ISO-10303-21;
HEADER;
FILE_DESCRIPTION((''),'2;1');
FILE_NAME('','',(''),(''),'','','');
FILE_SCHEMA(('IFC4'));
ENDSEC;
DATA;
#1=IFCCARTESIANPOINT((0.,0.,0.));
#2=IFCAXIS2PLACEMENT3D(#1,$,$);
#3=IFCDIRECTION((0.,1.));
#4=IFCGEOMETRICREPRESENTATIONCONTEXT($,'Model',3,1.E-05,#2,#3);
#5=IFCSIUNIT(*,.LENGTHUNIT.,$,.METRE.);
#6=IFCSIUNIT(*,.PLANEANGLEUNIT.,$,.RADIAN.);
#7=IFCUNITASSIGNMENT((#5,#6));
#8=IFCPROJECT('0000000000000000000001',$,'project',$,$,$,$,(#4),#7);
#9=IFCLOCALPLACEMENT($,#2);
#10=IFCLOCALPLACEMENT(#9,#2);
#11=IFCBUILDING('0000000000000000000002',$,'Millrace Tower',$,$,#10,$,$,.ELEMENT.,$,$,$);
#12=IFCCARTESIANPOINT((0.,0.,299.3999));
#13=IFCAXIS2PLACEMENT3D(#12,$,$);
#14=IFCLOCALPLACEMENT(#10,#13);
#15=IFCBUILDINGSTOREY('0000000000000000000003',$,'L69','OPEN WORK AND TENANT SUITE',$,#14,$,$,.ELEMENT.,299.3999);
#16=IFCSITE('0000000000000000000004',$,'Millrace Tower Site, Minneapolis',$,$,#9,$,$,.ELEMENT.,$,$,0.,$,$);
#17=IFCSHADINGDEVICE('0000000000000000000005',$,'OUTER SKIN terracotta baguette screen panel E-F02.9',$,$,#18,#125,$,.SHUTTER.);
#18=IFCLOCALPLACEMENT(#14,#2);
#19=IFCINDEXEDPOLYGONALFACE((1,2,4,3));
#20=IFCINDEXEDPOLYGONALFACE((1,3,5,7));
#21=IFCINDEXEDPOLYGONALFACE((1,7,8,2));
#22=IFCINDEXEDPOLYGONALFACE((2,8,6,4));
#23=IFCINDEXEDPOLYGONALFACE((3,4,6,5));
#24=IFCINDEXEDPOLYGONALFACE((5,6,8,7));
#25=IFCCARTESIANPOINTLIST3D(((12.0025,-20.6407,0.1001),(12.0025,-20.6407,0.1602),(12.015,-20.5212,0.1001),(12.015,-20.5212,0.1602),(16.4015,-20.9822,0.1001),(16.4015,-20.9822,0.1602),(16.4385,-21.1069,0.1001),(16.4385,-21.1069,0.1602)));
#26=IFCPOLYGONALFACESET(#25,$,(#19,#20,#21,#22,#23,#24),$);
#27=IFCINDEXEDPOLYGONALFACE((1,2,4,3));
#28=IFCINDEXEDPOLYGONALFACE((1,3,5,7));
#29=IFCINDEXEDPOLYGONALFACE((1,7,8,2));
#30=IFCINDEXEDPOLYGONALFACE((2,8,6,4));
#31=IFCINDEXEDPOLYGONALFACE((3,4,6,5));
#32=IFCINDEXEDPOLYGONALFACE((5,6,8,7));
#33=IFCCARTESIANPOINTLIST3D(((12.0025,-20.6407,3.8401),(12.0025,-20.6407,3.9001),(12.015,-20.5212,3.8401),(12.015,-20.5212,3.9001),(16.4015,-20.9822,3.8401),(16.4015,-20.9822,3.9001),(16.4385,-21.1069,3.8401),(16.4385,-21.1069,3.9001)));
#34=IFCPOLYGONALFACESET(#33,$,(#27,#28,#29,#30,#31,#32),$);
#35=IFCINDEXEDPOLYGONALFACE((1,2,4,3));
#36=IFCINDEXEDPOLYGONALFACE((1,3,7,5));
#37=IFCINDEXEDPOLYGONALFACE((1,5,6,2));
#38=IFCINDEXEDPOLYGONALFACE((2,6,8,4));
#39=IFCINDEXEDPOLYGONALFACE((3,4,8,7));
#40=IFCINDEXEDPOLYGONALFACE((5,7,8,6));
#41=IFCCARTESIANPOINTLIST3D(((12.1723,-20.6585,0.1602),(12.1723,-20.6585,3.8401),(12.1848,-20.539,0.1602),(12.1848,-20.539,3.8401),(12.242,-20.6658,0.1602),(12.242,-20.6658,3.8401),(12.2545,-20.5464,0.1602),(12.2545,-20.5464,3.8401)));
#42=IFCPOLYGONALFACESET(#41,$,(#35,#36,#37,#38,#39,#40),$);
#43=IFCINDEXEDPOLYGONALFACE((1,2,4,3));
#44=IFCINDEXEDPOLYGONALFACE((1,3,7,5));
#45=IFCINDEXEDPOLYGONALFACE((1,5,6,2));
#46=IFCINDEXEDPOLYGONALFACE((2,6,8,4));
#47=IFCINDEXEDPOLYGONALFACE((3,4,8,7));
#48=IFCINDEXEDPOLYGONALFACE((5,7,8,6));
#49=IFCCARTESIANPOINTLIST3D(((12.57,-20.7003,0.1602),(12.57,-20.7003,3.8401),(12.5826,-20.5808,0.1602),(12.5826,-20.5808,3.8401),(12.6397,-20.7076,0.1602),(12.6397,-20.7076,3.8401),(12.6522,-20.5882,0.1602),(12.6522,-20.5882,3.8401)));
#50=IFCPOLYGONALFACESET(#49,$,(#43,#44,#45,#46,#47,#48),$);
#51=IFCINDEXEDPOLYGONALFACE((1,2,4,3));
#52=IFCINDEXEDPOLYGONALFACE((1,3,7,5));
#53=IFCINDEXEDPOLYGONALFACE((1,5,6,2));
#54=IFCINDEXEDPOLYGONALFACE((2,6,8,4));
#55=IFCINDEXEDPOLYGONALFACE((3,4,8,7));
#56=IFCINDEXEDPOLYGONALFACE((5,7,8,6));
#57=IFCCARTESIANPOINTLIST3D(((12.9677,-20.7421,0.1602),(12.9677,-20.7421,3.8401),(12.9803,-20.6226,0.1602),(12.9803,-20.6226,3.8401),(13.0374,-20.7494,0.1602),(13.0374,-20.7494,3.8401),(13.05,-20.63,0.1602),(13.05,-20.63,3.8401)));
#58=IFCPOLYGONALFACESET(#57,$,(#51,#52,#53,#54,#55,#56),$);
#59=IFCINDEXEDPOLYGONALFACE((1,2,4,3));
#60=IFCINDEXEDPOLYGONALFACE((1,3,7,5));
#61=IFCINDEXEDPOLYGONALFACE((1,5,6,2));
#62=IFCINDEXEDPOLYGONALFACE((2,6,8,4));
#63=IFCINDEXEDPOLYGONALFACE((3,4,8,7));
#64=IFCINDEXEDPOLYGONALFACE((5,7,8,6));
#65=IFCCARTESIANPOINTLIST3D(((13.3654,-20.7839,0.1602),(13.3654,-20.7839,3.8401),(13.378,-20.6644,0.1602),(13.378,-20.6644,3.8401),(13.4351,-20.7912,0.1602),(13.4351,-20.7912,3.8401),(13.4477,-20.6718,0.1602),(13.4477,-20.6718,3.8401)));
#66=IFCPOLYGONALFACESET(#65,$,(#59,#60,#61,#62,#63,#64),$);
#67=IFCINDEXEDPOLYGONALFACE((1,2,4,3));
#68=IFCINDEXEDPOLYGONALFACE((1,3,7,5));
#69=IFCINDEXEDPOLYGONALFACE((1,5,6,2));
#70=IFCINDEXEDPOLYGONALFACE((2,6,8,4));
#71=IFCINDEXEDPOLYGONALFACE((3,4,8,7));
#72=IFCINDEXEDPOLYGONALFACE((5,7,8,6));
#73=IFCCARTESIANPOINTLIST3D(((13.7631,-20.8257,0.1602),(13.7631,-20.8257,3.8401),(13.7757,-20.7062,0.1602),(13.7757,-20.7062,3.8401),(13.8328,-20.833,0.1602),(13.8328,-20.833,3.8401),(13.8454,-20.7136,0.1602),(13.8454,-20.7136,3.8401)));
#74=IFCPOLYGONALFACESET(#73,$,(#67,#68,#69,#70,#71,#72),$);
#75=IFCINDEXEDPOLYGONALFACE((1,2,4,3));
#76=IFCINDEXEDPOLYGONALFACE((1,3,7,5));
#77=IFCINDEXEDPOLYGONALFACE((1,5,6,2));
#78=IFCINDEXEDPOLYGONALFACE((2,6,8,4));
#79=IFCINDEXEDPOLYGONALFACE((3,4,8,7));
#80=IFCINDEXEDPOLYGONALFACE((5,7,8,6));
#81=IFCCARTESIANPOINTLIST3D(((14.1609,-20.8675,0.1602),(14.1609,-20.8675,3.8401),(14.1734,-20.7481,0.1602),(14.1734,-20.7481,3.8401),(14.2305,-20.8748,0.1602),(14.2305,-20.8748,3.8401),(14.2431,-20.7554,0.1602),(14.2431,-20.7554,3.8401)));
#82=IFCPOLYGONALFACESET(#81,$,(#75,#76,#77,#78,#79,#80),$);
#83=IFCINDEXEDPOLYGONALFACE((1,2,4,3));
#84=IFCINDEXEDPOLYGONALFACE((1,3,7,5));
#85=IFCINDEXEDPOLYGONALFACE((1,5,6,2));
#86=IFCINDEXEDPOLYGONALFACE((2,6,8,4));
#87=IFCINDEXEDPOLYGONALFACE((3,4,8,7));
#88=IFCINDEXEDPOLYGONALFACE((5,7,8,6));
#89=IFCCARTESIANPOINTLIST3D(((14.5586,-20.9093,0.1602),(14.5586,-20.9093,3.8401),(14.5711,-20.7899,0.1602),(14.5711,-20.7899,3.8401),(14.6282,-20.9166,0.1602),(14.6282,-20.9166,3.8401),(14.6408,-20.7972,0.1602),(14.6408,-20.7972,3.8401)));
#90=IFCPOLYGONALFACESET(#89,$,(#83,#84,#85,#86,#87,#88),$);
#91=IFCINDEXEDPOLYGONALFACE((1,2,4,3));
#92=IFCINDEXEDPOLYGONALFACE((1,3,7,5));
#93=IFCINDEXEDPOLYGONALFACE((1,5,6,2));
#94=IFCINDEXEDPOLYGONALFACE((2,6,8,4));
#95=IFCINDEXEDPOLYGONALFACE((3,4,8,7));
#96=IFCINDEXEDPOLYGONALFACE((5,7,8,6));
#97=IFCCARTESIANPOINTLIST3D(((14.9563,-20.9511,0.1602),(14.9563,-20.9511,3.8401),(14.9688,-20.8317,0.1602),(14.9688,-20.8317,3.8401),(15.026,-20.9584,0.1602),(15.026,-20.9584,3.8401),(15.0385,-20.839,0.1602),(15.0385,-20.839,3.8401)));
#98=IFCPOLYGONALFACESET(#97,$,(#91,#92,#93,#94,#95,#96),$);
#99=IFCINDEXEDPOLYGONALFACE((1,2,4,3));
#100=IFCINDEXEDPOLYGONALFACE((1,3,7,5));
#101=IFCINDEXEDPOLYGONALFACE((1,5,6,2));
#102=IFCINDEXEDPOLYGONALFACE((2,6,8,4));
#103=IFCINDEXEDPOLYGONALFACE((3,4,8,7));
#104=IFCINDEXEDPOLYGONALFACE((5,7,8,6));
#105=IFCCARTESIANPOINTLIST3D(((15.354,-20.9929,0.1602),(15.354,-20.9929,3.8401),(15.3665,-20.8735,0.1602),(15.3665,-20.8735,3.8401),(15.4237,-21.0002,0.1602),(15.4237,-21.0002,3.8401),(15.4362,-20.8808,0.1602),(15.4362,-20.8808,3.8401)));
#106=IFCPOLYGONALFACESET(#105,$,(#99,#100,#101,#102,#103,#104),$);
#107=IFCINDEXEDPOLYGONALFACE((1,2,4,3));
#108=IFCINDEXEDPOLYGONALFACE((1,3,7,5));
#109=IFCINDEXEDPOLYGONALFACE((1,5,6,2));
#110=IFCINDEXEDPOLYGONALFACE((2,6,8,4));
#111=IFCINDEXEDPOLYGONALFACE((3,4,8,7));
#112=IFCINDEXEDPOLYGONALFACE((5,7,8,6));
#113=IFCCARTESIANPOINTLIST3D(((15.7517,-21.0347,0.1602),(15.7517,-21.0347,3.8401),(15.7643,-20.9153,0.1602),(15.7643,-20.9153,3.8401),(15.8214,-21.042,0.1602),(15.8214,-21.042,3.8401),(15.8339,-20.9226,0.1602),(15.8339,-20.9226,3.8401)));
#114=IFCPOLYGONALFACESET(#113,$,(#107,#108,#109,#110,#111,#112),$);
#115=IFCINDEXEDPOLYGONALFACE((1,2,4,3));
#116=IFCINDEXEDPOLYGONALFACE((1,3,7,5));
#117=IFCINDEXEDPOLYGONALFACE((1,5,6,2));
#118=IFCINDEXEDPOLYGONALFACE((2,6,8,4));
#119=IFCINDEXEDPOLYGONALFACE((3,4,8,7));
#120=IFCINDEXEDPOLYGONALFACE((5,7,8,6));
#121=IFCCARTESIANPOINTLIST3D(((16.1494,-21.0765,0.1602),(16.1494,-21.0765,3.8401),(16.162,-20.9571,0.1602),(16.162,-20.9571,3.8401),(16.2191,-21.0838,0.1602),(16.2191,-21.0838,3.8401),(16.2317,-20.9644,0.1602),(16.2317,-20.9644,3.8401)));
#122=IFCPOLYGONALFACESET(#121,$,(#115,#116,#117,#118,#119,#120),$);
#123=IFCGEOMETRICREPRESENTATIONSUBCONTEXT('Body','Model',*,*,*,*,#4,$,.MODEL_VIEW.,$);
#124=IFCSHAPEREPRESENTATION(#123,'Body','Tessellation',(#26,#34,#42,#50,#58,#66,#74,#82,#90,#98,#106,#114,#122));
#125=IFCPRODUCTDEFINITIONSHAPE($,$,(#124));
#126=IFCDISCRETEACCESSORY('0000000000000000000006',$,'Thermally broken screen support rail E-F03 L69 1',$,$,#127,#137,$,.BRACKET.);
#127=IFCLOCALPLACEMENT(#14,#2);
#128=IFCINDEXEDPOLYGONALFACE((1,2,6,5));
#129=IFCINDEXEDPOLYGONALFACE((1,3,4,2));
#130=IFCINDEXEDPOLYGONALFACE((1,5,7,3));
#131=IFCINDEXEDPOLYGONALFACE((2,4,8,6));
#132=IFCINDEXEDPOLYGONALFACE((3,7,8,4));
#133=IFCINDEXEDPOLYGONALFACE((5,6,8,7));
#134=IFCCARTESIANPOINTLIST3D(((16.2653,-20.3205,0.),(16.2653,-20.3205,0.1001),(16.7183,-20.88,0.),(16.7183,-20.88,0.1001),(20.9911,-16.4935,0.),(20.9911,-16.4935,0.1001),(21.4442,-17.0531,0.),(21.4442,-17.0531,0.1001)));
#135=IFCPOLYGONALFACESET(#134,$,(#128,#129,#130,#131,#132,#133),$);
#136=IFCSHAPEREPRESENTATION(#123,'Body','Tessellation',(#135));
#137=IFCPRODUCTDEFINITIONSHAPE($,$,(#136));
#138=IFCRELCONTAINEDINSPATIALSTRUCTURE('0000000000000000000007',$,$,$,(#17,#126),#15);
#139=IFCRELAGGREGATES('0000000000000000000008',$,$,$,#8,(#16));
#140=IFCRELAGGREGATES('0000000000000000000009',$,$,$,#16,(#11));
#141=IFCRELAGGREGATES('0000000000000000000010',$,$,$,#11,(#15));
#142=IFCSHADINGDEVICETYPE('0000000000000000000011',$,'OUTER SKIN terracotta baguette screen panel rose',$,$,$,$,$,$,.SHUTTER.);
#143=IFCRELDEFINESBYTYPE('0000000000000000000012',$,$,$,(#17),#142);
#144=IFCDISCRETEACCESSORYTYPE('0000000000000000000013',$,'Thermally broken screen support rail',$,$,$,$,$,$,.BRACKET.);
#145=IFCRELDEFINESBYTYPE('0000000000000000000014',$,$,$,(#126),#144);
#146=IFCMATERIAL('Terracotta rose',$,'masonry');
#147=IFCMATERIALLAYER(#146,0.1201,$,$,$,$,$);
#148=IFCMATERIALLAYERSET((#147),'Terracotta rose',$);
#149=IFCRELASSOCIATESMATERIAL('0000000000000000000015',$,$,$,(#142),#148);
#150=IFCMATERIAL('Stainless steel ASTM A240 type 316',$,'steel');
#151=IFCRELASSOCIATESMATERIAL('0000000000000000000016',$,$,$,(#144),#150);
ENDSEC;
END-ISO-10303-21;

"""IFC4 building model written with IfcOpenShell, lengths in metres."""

from ifc_helpers import new_model, entity, si_unit, direction, frame, frame_2d, origin, origin_2d, place, context, subcontext, project, spatial, rectangle, extrude, source, transform, mapped, material, layer, layer_set, type_object, element, save


model = new_model("IFC4")

# Units and contexts
model_context = context("Model", 3, precision=1e-05, world=origin(), true_north=direction((0.0, 1.0)))
body_context = subcontext(model_context, "Body", "Model", "MODEL_VIEW")
ifc_project = project(units=[si_unit("LENGTHUNIT", "METRE"), si_unit("PLANEANGLEUNIT", "RADIAN")], contexts=[model_context])

# Site, building, storey
site_placement = place(None, origin())
site = spatial("IfcSite", under=ifc_project, at=site_placement, Name="Millrace Tower Site, Minneapolis", CompositionType="ELEMENT", RefElevation=0.0)
building_placement = place(site_placement, origin())
building = spatial("IfcBuilding", under=site, at=building_placement, Name="Millrace Tower", CompositionType="ELEMENT")
storey_placement = place(building_placement, frame((0.0, 0.0, 299.3999)))
storey = spatial("IfcBuildingStorey", under=building, at=storey_placement, Name="L69", Description="OPEN WORK AND TENANT SUITE", CompositionType="ELEMENT", Elevation=299.3999)

# Shading device
ifc_material_1 = material(Name="Terracotta rose", Category="masonry")
ifc_layer_1 = layer(ifc_material_1, 0.1201)
ifc_layer_set_1 = layer_set([ifc_layer_1], Name="Terracotta rose")
shading_device_type = type_object("IfcShadingDeviceType", Name="OUTER SKIN terracotta baguette screen panel rose", PredefinedType="SHUTTER", material=ifc_layer_set_1)
cartesian_point_1 = entity("IfcCartesianPoint", [-2.2178, 0.0601])
shared_polyline_1 = entity("IfcPolyline", [cartesian_point_1, entity("IfcCartesianPoint", [2.1929, 0.0601]), entity("IfcCartesianPoint", [2.2427, -0.0601]), entity("IfcCartesianPoint", [-2.2178, -0.0601]), cartesian_point_1])
shared_shape_1 = source(origin(), body_context, "Body", "SweptSolid", [
    entity("IfcExtrudedAreaSolid", entity("IfcArbitraryClosedProfileDef", "AREA", None, shared_polyline_1), entity("IfcAxis2Placement3D", entity("IfcCartesianPoint", [0.0, 0.0, 0.0])), entity("IfcDirection", [0.0, 0.0, 1.0]), 0.0601),
    entity("IfcExtrudedAreaSolid", entity("IfcArbitraryClosedProfileDef", "AREA", None, shared_polyline_1), entity("IfcAxis2Placement3D", entity("IfcCartesianPoint", [0.0, 0.0, 3.74])), entity("IfcDirection", [0.0, 0.0, 1.0]), 0.0601),
    extrude(rectangle(XDim=0.0701, YDim=0.1201, at=frame_2d((-2.012, 0.0))), frame((0.0, 0.0, 0.0601)), (0.0, 0.0, 1.0), 3.6799),
    extrude(rectangle(XDim=0.0701, YDim=0.1201, at=frame_2d((-1.6121, 0.0))), frame((0.0, 0.0, 0.0601)), (0.0, 0.0, 1.0), 3.6799),
    extrude(rectangle(XDim=0.0701, YDim=0.1201, at=frame_2d((-1.2122, 0.0))), frame((0.0, 0.0, 0.0601)), (0.0, 0.0, 1.0), 3.6799),
    extrude(rectangle(XDim=0.0701, YDim=0.1201, at=frame_2d((-0.8123, 0.0))), frame((0.0, 0.0, 0.0601)), (0.0, 0.0, 1.0), 3.6799),
    extrude(rectangle(XDim=0.0701, YDim=0.1201, at=frame_2d((-0.4124, 0.0))), frame((0.0, 0.0, 0.0601)), (0.0, 0.0, 1.0), 3.6799),
    extrude(rectangle(XDim=0.0701, YDim=0.1201, at=frame_2d((-0.0125, 0.0))), frame((0.0, 0.0, 0.0601)), (0.0, 0.0, 1.0), 3.6799),
    extrude(rectangle(XDim=0.0701, YDim=0.1201, at=frame_2d((0.3875, 0.0))), frame((0.0, 0.0, 0.0601)), (0.0, 0.0, 1.0), 3.6799),
    extrude(rectangle(XDim=0.0701, YDim=0.1201, at=frame_2d((0.7874, 0.0))), frame((0.0, 0.0, 0.0601)), (0.0, 0.0, 1.0), 3.6799),
    extrude(rectangle(XDim=0.0701, YDim=0.1201, at=frame_2d((1.1873, 0.0))), frame((0.0, 0.0, 0.0601)), (0.0, 0.0, 1.0), 3.6799),
    extrude(rectangle(XDim=0.0701, YDim=0.1201, at=frame_2d((1.5872, 0.0))), frame((0.0, 0.0, 0.0601)), (0.0, 0.0, 1.0), 3.6799),
    extrude(rectangle(XDim=0.0701, YDim=0.1201, at=frame_2d((1.9871, 0.0))), frame((0.0, 0.0, 0.0601)), (0.0, 0.0, 1.0), 3.6799),
])
shading_device_1_placement = place(storey_placement, frame((14.2144, -20.8127, 0.1001), z_axis=(0.0, 0.0, 1.0), x_axis=(0.994522, -0.104528, 0.0)))
element("IfcShadingDevice", 1, at=shading_device_1_placement, inside=storey, type_object=shading_device_type, Name="OUTER SKIN terracotta baguette screen panel E-F02.9", PredefinedType="SHUTTER", context=body_context, shape_type="MappedRepresentation", body=[
    mapped(shared_shape_1, transform((0.0, 0.0, 0.0), scale=1.0)),
])

# Discrete accessory
ifc_material_2 = material(Name="Stainless steel ASTM A240 type 316", Category="steel")
discrete_accessory_type = type_object("IfcDiscreteAccessoryType", Name="Thermally broken screen support rail", PredefinedType="BRACKET", material=ifc_material_2)
discrete_accessory_placement = place(storey_placement, frame((18.8547, -18.6868, 0.0), z_axis=(0.0, 0.0, 1.0), x_axis=(0.777146, 0.62932, 0.0)))
element("IfcDiscreteAccessory", 2, at=discrete_accessory_placement, inside=storey, type_object=discrete_accessory_type, Name="Thermally broken screen support rail E-F03 L69 1", PredefinedType="BRACKET", context=body_context, shape_type="SweptSolid", body=[
    extrude(rectangle(XDim=6.0811, YDim=0.72, at=origin_2d()), origin(), (0.0, 0.0, 1.0), 0.1001),
])

save(model, "model.ifc")
